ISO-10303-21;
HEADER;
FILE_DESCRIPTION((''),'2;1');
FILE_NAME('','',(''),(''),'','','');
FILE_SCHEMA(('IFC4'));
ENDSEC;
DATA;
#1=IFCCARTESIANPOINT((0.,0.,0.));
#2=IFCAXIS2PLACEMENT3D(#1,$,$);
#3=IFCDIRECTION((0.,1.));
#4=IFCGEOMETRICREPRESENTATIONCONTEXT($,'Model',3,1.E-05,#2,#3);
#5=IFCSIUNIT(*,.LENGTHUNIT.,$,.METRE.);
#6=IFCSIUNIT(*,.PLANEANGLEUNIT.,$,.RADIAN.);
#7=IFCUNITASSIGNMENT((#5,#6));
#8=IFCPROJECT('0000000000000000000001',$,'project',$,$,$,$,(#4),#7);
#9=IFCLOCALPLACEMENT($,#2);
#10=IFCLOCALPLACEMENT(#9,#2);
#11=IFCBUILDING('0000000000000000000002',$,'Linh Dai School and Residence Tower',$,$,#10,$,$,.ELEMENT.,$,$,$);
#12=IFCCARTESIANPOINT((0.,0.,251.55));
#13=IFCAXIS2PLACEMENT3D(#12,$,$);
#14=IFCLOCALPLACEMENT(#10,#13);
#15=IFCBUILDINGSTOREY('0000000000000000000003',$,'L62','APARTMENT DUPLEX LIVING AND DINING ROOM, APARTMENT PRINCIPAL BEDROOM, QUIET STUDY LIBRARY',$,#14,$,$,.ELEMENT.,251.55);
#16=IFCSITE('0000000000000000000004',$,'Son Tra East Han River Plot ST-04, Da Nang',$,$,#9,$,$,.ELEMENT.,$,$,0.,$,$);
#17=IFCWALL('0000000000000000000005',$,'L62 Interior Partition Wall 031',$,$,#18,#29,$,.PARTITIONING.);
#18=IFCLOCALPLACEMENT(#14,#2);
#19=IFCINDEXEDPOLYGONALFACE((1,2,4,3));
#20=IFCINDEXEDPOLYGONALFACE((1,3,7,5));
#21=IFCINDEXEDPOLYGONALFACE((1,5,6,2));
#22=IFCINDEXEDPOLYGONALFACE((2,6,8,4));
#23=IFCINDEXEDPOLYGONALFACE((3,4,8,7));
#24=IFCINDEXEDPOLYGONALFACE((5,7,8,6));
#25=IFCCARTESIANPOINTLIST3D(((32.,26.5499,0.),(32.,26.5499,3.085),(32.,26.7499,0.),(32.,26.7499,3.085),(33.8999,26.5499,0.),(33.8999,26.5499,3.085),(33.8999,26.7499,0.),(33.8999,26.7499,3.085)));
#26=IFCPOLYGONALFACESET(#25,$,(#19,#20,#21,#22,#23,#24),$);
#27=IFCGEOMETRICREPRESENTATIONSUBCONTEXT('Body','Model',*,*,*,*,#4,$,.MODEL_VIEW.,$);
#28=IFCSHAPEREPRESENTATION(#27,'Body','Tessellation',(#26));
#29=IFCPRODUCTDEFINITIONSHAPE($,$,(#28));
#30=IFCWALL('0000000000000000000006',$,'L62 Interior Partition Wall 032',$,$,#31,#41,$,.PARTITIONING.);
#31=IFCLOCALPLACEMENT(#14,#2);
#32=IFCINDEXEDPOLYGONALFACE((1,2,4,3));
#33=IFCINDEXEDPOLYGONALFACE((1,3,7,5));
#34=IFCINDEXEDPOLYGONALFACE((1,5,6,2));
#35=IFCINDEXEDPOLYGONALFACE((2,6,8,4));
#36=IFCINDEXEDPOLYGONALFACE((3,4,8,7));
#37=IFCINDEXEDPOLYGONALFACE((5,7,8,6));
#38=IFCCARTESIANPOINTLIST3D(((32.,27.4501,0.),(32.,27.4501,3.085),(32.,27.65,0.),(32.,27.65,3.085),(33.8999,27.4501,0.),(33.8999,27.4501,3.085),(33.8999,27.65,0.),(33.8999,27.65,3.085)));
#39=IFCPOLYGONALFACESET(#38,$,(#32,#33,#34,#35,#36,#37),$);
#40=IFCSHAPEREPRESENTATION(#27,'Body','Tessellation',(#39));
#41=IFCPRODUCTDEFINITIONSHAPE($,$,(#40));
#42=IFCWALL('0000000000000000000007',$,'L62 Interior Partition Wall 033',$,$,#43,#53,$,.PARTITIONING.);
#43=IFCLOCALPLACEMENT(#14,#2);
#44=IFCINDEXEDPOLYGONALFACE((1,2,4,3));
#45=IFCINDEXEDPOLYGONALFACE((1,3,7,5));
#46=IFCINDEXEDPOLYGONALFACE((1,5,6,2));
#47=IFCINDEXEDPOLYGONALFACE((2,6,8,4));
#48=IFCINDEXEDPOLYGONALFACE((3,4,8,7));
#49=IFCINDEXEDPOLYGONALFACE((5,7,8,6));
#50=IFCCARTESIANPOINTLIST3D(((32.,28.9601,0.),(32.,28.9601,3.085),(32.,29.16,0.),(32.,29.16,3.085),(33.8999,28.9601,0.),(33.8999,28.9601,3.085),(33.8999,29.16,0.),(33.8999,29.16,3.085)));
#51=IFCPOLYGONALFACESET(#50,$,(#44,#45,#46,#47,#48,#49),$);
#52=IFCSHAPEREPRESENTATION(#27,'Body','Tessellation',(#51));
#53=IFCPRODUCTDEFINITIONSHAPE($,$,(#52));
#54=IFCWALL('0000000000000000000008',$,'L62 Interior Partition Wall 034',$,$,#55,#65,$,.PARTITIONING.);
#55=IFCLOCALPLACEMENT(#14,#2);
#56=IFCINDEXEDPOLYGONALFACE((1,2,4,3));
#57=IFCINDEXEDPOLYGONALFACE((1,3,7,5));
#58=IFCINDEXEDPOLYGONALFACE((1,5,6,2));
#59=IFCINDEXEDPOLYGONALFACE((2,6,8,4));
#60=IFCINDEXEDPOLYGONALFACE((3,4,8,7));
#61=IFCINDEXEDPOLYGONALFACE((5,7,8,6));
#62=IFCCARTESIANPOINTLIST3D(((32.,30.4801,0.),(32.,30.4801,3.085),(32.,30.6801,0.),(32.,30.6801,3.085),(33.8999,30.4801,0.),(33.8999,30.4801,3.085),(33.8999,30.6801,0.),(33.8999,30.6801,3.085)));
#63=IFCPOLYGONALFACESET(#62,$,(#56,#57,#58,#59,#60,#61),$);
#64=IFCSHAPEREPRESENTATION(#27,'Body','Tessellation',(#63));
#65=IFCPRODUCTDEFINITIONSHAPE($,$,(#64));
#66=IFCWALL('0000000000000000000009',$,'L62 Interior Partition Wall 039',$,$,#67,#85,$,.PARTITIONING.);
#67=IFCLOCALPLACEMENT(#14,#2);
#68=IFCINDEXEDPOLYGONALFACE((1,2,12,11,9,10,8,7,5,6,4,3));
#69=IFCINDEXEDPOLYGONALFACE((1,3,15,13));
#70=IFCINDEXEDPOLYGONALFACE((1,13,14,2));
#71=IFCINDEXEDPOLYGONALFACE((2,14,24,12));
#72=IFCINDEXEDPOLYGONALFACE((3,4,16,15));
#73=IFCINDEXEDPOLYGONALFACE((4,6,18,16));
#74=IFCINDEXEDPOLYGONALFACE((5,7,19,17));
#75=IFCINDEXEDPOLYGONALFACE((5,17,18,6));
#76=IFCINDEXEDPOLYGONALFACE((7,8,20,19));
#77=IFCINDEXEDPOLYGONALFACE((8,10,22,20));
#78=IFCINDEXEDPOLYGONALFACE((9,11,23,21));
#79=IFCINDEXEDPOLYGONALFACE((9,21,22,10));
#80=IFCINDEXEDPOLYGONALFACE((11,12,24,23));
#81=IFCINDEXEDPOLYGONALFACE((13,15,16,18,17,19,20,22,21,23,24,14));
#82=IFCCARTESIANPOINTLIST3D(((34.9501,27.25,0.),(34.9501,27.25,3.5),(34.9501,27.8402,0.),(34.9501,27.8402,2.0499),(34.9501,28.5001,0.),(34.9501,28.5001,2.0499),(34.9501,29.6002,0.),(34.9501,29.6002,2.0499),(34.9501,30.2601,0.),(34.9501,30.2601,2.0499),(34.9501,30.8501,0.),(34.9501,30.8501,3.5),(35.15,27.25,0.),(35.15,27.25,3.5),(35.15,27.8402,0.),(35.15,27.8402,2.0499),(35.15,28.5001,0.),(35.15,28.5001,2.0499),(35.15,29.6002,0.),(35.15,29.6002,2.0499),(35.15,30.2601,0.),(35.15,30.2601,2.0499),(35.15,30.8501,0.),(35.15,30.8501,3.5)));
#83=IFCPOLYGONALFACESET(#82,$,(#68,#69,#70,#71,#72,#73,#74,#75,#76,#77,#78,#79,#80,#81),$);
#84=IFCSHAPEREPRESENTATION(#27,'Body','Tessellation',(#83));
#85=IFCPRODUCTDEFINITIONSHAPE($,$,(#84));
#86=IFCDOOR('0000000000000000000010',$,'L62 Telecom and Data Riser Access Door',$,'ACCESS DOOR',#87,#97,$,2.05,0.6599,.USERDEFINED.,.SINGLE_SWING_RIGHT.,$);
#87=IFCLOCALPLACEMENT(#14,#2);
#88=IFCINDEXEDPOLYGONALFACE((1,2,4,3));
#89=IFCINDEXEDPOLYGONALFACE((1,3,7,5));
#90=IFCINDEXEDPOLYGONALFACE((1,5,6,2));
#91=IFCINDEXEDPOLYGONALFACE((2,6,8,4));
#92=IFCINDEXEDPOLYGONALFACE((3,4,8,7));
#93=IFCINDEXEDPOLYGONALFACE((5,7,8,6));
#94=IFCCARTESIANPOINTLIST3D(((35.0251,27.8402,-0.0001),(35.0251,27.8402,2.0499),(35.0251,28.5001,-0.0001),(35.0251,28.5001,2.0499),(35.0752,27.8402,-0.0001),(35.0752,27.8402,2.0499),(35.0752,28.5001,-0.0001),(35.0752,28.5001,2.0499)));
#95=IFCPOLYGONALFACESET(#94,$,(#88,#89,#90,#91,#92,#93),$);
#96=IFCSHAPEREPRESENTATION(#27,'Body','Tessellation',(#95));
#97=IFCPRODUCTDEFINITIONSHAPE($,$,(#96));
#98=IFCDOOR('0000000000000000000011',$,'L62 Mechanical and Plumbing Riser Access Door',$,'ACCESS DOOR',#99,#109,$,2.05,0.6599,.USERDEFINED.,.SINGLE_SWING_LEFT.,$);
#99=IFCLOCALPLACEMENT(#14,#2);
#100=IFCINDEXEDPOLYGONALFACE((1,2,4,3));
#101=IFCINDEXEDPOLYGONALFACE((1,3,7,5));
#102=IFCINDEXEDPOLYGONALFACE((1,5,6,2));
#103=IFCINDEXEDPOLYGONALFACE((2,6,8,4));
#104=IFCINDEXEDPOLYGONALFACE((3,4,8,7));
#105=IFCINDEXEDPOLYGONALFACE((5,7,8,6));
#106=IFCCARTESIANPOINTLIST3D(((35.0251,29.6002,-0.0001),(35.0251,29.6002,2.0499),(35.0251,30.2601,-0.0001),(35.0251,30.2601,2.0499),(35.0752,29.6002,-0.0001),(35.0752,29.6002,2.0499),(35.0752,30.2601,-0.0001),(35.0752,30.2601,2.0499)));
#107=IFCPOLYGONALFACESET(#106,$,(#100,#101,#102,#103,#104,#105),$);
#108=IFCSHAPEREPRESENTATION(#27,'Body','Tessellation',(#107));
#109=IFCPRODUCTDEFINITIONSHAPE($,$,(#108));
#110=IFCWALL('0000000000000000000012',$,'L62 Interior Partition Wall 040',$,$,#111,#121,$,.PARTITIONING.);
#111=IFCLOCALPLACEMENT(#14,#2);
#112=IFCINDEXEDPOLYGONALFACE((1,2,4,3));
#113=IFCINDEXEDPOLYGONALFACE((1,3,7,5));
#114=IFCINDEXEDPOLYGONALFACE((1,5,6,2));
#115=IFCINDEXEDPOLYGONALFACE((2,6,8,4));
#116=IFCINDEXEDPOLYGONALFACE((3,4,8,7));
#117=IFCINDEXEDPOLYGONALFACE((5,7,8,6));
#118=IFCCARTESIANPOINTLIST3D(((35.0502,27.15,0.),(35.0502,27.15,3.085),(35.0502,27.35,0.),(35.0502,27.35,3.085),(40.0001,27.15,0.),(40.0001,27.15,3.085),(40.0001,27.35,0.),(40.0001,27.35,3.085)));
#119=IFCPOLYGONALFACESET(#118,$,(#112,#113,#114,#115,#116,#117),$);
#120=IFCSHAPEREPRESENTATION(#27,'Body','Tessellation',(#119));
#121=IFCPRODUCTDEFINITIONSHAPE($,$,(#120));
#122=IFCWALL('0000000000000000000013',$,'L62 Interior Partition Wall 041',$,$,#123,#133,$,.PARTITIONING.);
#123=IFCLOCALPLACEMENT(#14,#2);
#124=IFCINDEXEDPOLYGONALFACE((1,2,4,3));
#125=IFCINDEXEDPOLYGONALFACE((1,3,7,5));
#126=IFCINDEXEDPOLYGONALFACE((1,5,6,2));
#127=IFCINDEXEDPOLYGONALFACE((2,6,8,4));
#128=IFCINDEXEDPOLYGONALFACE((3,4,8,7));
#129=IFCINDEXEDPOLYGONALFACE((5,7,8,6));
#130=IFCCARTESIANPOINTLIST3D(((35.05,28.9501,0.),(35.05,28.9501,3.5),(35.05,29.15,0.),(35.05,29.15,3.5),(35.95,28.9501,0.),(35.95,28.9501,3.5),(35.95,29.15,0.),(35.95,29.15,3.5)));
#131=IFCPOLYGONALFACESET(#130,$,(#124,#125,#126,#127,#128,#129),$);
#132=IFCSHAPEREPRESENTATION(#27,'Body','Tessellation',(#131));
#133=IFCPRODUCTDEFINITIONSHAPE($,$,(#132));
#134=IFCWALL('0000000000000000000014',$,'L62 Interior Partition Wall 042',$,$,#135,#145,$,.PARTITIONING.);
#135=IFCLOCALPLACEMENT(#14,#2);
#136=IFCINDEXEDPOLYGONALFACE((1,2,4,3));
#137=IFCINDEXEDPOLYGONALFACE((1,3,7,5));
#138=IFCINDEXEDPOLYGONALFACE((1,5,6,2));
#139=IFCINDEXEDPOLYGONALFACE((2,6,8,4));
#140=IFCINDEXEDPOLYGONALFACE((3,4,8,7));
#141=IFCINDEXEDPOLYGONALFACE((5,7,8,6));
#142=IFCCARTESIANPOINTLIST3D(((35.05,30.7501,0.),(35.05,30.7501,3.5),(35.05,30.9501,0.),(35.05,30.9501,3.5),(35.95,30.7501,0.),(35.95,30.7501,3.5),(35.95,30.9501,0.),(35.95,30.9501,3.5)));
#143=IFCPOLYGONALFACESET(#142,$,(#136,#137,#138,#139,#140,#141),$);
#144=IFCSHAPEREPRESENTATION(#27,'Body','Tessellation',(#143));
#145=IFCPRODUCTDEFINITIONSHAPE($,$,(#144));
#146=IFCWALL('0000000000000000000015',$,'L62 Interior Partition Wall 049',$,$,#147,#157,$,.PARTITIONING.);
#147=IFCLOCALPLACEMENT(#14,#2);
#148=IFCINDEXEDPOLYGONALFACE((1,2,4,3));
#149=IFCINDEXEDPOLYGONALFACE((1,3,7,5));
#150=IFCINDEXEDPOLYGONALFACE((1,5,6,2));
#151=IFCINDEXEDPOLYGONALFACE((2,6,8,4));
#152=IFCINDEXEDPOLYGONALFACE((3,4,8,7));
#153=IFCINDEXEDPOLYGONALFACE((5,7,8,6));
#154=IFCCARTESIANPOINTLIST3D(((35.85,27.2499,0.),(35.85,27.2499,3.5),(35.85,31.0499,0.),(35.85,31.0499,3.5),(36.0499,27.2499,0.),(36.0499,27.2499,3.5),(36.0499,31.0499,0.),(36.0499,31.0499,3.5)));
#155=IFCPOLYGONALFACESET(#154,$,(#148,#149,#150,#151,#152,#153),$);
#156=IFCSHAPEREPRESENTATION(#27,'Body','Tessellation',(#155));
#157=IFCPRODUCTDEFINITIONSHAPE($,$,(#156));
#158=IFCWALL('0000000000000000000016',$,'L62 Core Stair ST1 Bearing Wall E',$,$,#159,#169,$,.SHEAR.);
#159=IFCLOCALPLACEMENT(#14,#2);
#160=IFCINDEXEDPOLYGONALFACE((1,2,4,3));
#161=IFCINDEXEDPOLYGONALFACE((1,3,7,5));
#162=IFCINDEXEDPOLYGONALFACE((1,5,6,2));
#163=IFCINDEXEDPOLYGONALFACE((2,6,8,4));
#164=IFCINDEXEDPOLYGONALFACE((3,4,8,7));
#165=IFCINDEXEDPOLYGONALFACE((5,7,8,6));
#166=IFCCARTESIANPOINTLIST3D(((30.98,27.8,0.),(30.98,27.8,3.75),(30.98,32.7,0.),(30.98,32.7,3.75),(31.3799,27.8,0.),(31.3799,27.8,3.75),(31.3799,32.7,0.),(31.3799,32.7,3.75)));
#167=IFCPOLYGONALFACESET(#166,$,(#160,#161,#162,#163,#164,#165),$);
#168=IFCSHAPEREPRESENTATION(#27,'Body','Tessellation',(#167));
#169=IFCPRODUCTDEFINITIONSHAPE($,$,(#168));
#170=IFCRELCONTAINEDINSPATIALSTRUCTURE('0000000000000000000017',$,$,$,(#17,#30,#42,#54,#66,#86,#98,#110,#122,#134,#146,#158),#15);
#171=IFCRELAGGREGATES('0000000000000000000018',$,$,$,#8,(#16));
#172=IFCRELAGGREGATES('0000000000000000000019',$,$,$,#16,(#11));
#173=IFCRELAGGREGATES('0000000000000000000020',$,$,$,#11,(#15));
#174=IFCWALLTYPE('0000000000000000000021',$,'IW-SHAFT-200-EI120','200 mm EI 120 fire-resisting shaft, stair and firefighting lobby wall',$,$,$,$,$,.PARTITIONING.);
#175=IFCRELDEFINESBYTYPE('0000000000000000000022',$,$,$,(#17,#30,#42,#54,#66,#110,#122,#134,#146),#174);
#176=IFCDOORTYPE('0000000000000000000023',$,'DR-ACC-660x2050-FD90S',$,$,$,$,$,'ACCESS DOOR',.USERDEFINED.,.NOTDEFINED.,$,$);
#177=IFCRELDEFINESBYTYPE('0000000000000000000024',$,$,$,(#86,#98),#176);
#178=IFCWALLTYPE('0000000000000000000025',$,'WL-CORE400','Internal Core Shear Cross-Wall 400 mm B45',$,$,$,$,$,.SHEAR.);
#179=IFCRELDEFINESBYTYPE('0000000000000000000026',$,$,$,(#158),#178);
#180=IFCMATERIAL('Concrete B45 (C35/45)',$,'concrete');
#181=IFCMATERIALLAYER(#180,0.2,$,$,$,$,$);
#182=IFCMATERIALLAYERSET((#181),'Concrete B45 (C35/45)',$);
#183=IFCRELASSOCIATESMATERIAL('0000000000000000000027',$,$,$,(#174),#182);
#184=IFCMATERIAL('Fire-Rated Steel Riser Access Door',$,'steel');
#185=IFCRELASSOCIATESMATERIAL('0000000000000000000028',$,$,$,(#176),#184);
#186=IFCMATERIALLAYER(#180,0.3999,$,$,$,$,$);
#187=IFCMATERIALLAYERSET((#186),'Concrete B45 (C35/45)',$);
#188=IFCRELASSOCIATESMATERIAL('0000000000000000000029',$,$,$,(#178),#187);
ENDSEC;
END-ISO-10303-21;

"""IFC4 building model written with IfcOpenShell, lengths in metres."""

from ifc_helpers import new_model, si_unit, direction, frame, frame_2d, origin, origin_2d, place, context, subcontext, project, spatial, rectangle, extrude, source, transform, mapped, material, layer, layer_set, type_object, element, fill, save


model = new_model("IFC4")

# Units and contexts
model_context = context("Model", 3, precision=1e-05, world=origin(), true_north=direction((0.0, 1.0)))
body_context = subcontext(model_context, "Body", "Model", "MODEL_VIEW")
ifc_project = project(units=[si_unit("LENGTHUNIT", "METRE"), si_unit("PLANEANGLEUNIT", "RADIAN")], contexts=[model_context])

# Site, building, storey
site_placement = place(None, origin())
site = spatial("IfcSite", under=ifc_project, at=site_placement, Name="Son Tra East Han River Plot ST-04, Da Nang", CompositionType="ELEMENT", RefElevation=0.0)
building_placement = place(site_placement, origin())
building = spatial("IfcBuilding", under=site, at=building_placement, Name="Linh Dai School and Residence Tower", CompositionType="ELEMENT")
storey_placement = place(building_placement, frame((0.0, 0.0, 251.55)))
storey = spatial("IfcBuildingStorey", under=building, at=storey_placement, Name="L62", Description="APARTMENT DUPLEX LIVING AND DINING ROOM, APARTMENT PRINCIPAL BEDROOM, QUIET STUDY LIBRARY", CompositionType="ELEMENT", Elevation=251.55)

# Walls
ifc_material_1 = material(Name="Concrete B45 (C35/45)", Category="concrete")
ifc_layer_1 = layer(ifc_material_1, 0.2)
ifc_layer_set_1 = layer_set([ifc_layer_1], Name="Concrete B45 (C35/45)")
wall_type_1 = type_object("IfcWallType", Name="IW-SHAFT-200-EI120", Description="200 mm EI 120 fire-resisting shaft, stair and firefighting lobby wall", PredefinedType="PARTITIONING", material=ifc_layer_set_1)
for number, where, z_axis, x_axis, name in (
    (1, (32.0, 26.6499, 0.0), (0.0, 0.0, 1.0), (1.0, 0.0, 0.0), "L62 Interior Partition Wall 031"),
    (2, (32.0, 27.55, 0.0), (0.0, 0.0, 1.0), (1.0, 0.0, 0.0), "L62 Interior Partition Wall 032"),
    (3, (32.0, 29.0601, 0.0), (0.0, 0.0, 1.0), (1.0, 0.0, 0.0), "L62 Interior Partition Wall 033"),
    (4, (32.0, 30.5801, 0.0), (0.0, 0.0, 1.0), (1.0, 0.0, 0.0), "L62 Interior Partition Wall 034"),
):
    element("IfcWall", number, at=place(storey_placement, frame(where, z_axis=z_axis, x_axis=x_axis)), inside=storey, type_object=wall_type_1, Name=name, PredefinedType="PARTITIONING", context=body_context, shape_type="SweptSolid", body=[
        extrude(rectangle(XDim=1.8999, YDim=0.2, at=frame_2d((0.95, 0.0))), origin(), (0.0, 0.0, 1.0), 3.085),
    ])

# Wall, openings, doors
wall_1_placement = place(storey_placement, frame((35.05, 27.25, 0.0), z_axis=(0.0, 0.0, 1.0), x_axis=(0.0, 1.0, 0.0)))
wall_1 = element("IfcWall", 5, at=wall_1_placement, inside=storey, type_object=wall_type_1, Name="L62 Interior Partition Wall 039", PredefinedType="PARTITIONING", context=body_context, shape_type="SweptSolid", body=[
    extrude(rectangle(XDim=3.6001, YDim=0.2, at=frame_2d((1.8, 0.0))), origin(), (0.0, 0.0, 1.0), 3.5),
])
opening_1_placement = place(wall_1_placement, frame((0.5901, 0.0, 0.0)))
opening_1 = element("IfcOpeningElement", 6, at=opening_1_placement, cuts=wall_1, PredefinedType="OPENING", context=body_context, shape_type="SweptSolid", body=[
    extrude(rectangle(XDim=0.6599, YDim=2.05, at=origin_2d()), frame((0.3301, 0.1099, 1.0249), z_axis=(0.0, -1.0, 0.0), x_axis=(1.0, 0.0, 0.0)), (0.0, 0.0, 1.0), 0.22),
])
opening_2_placement = place(wall_1_placement, frame((2.3501, 0.0, 0.0)))
opening_2 = element("IfcOpeningElement", 7, at=opening_2_placement, cuts=wall_1, PredefinedType="OPENING", context=body_context, shape_type="SweptSolid", body=[
    extrude(rectangle(XDim=0.6599, YDim=2.05, at=origin_2d()), frame((0.3301, 0.1099, 1.0249), z_axis=(0.0, -1.0, 0.0), x_axis=(1.0, 0.0, 0.0)), (0.0, 0.0, 1.0), 0.22),
])
ifc_material_2 = material(Name="Fire-Rated Steel Riser Access Door", Category="steel")
door_type_1 = type_object("IfcDoorType", Name="DR-ACC-660x2050-FD90S", ElementType="ACCESS DOOR", OperationType="NOTDEFINED", PredefinedType="USERDEFINED", material=ifc_material_2)
shared_shape_1 = source(origin(), body_context, "Body", "SweptSolid", [
    extrude(rectangle(XDim=0.6599, YDim=2.05, at=origin_2d()), frame((0.3301, 0.0249, 1.0249), z_axis=(0.0, -1.0, 0.0), x_axis=(1.0, 0.0, 0.0)), (0.0, 0.0, 1.0), 0.05),
])
door_1_placement = place(opening_1_placement, origin())
door_1 = element("IfcDoor", 8, at=door_1_placement, inside=storey, type_object=door_type_1, Name="L62 Telecom and Data Riser Access Door", ObjectType="ACCESS DOOR", OperationType="SINGLE_SWING_RIGHT", OverallHeight=2.05, OverallWidth=0.6599, PredefinedType="USERDEFINED", context=body_context, shape_type="MappedRepresentation", body=[
    mapped(shared_shape_1, transform((0.0, 0.0, 0.0), x_axis=(1.0, 0.0, 0.0), y_axis=(0.0, 1.0, 0.0), z_axis=(0.0, 0.0, 1.0), scale=1.0)),
])
fill(opening_1, door_1)
door_2_placement = place(opening_2_placement, origin())
door_2 = element("IfcDoor", 9, at=door_2_placement, inside=storey, type_object=door_type_1, Name="L62 Mechanical and Plumbing Riser Access Door", ObjectType="ACCESS DOOR", OperationType="SINGLE_SWING_LEFT", OverallHeight=2.05, OverallWidth=0.6599, PredefinedType="USERDEFINED", context=body_context, shape_type="MappedRepresentation", body=[
    mapped(shared_shape_1, transform((0.0, 0.0, 0.0), x_axis=(1.0, 0.0, 0.0), y_axis=(0.0, 1.0, 0.0), z_axis=(0.0, 0.0, 1.0), scale=1.0)),
])
fill(opening_2, door_2)

# Walls
wall_2_placement = place(storey_placement, frame((35.05, 27.25, 0.0), z_axis=(0.0, 0.0, 1.0), x_axis=(1.0, 0.0, 0.0)))
element("IfcWall", 10, at=wall_2_placement, inside=storey, type_object=wall_type_1, Name="L62 Interior Partition Wall 040", PredefinedType="PARTITIONING", context=body_context, shape_type="SweptSolid", body=[
    extrude(rectangle(XDim=4.95, YDim=0.2, at=frame_2d((2.4751, 0.0))), origin(), (0.0, 0.0, 1.0), 3.085),
])
for number, where, z_axis, x_axis, name in (
    (11, (35.05, 29.05, 0.0), (0.0, 0.0, 1.0), (1.0, 0.0, 0.0), "L62 Interior Partition Wall 041"),
    (12, (35.05, 30.8501, 0.0), (0.0, 0.0, 1.0), (1.0, 0.0, 0.0), "L62 Interior Partition Wall 042"),
):
    element("IfcWall", number, at=place(storey_placement, frame(where, z_axis=z_axis, x_axis=x_axis)), inside=storey, type_object=wall_type_1, Name=name, PredefinedType="PARTITIONING", context=body_context, shape_type="SweptSolid", body=[
        extrude(rectangle(XDim=0.8999, YDim=0.2, at=frame_2d((0.45, 0.0))), origin(), (0.0, 0.0, 1.0), 3.5),
    ])
wall_3_placement = place(storey_placement, frame((35.95, 27.25, 0.0), z_axis=(0.0, 0.0, 1.0), x_axis=(0.0, 1.0, 0.0)))
element("IfcWall", 13, at=wall_3_placement, inside=storey, type_object=wall_type_1, Name="L62 Interior Partition Wall 049", PredefinedType="PARTITIONING", context=body_context, shape_type="SweptSolid", body=[
    extrude(rectangle(XDim=3.8, YDim=0.2, at=frame_2d((1.8999, 0.0))), origin(), (0.0, 0.0, 1.0), 3.5),
])

# Wall
ifc_layer_2 = layer(ifc_material_1, 0.3999)
ifc_layer_set_2 = layer_set([ifc_layer_2], Name="Concrete B45 (C35/45)")
wall_type_2 = type_object("IfcWallType", Name="WL-CORE400", Description="Internal Core Shear Cross-Wall 400 mm B45", PredefinedType="SHEAR", material=ifc_layer_set_2)
wall_4_placement = place(storey_placement, frame((31.1799, 27.8, 0.0), z_axis=(0.0, 0.0, 1.0), x_axis=(0.0, 1.0, 0.0)))
element("IfcWall", 14, at=wall_4_placement, inside=storey, type_object=wall_type_2, Name="L62 Core Stair ST1 Bearing Wall E", PredefinedType="SHEAR", context=body_context, shape_type="SweptSolid", body=[
    extrude(rectangle(XDim=4.8999, YDim=0.3999, at=frame_2d((2.45, 0.0))), origin(), (0.0, 0.0, 1.0), 3.75),
])

save(model, "model.ifc")
